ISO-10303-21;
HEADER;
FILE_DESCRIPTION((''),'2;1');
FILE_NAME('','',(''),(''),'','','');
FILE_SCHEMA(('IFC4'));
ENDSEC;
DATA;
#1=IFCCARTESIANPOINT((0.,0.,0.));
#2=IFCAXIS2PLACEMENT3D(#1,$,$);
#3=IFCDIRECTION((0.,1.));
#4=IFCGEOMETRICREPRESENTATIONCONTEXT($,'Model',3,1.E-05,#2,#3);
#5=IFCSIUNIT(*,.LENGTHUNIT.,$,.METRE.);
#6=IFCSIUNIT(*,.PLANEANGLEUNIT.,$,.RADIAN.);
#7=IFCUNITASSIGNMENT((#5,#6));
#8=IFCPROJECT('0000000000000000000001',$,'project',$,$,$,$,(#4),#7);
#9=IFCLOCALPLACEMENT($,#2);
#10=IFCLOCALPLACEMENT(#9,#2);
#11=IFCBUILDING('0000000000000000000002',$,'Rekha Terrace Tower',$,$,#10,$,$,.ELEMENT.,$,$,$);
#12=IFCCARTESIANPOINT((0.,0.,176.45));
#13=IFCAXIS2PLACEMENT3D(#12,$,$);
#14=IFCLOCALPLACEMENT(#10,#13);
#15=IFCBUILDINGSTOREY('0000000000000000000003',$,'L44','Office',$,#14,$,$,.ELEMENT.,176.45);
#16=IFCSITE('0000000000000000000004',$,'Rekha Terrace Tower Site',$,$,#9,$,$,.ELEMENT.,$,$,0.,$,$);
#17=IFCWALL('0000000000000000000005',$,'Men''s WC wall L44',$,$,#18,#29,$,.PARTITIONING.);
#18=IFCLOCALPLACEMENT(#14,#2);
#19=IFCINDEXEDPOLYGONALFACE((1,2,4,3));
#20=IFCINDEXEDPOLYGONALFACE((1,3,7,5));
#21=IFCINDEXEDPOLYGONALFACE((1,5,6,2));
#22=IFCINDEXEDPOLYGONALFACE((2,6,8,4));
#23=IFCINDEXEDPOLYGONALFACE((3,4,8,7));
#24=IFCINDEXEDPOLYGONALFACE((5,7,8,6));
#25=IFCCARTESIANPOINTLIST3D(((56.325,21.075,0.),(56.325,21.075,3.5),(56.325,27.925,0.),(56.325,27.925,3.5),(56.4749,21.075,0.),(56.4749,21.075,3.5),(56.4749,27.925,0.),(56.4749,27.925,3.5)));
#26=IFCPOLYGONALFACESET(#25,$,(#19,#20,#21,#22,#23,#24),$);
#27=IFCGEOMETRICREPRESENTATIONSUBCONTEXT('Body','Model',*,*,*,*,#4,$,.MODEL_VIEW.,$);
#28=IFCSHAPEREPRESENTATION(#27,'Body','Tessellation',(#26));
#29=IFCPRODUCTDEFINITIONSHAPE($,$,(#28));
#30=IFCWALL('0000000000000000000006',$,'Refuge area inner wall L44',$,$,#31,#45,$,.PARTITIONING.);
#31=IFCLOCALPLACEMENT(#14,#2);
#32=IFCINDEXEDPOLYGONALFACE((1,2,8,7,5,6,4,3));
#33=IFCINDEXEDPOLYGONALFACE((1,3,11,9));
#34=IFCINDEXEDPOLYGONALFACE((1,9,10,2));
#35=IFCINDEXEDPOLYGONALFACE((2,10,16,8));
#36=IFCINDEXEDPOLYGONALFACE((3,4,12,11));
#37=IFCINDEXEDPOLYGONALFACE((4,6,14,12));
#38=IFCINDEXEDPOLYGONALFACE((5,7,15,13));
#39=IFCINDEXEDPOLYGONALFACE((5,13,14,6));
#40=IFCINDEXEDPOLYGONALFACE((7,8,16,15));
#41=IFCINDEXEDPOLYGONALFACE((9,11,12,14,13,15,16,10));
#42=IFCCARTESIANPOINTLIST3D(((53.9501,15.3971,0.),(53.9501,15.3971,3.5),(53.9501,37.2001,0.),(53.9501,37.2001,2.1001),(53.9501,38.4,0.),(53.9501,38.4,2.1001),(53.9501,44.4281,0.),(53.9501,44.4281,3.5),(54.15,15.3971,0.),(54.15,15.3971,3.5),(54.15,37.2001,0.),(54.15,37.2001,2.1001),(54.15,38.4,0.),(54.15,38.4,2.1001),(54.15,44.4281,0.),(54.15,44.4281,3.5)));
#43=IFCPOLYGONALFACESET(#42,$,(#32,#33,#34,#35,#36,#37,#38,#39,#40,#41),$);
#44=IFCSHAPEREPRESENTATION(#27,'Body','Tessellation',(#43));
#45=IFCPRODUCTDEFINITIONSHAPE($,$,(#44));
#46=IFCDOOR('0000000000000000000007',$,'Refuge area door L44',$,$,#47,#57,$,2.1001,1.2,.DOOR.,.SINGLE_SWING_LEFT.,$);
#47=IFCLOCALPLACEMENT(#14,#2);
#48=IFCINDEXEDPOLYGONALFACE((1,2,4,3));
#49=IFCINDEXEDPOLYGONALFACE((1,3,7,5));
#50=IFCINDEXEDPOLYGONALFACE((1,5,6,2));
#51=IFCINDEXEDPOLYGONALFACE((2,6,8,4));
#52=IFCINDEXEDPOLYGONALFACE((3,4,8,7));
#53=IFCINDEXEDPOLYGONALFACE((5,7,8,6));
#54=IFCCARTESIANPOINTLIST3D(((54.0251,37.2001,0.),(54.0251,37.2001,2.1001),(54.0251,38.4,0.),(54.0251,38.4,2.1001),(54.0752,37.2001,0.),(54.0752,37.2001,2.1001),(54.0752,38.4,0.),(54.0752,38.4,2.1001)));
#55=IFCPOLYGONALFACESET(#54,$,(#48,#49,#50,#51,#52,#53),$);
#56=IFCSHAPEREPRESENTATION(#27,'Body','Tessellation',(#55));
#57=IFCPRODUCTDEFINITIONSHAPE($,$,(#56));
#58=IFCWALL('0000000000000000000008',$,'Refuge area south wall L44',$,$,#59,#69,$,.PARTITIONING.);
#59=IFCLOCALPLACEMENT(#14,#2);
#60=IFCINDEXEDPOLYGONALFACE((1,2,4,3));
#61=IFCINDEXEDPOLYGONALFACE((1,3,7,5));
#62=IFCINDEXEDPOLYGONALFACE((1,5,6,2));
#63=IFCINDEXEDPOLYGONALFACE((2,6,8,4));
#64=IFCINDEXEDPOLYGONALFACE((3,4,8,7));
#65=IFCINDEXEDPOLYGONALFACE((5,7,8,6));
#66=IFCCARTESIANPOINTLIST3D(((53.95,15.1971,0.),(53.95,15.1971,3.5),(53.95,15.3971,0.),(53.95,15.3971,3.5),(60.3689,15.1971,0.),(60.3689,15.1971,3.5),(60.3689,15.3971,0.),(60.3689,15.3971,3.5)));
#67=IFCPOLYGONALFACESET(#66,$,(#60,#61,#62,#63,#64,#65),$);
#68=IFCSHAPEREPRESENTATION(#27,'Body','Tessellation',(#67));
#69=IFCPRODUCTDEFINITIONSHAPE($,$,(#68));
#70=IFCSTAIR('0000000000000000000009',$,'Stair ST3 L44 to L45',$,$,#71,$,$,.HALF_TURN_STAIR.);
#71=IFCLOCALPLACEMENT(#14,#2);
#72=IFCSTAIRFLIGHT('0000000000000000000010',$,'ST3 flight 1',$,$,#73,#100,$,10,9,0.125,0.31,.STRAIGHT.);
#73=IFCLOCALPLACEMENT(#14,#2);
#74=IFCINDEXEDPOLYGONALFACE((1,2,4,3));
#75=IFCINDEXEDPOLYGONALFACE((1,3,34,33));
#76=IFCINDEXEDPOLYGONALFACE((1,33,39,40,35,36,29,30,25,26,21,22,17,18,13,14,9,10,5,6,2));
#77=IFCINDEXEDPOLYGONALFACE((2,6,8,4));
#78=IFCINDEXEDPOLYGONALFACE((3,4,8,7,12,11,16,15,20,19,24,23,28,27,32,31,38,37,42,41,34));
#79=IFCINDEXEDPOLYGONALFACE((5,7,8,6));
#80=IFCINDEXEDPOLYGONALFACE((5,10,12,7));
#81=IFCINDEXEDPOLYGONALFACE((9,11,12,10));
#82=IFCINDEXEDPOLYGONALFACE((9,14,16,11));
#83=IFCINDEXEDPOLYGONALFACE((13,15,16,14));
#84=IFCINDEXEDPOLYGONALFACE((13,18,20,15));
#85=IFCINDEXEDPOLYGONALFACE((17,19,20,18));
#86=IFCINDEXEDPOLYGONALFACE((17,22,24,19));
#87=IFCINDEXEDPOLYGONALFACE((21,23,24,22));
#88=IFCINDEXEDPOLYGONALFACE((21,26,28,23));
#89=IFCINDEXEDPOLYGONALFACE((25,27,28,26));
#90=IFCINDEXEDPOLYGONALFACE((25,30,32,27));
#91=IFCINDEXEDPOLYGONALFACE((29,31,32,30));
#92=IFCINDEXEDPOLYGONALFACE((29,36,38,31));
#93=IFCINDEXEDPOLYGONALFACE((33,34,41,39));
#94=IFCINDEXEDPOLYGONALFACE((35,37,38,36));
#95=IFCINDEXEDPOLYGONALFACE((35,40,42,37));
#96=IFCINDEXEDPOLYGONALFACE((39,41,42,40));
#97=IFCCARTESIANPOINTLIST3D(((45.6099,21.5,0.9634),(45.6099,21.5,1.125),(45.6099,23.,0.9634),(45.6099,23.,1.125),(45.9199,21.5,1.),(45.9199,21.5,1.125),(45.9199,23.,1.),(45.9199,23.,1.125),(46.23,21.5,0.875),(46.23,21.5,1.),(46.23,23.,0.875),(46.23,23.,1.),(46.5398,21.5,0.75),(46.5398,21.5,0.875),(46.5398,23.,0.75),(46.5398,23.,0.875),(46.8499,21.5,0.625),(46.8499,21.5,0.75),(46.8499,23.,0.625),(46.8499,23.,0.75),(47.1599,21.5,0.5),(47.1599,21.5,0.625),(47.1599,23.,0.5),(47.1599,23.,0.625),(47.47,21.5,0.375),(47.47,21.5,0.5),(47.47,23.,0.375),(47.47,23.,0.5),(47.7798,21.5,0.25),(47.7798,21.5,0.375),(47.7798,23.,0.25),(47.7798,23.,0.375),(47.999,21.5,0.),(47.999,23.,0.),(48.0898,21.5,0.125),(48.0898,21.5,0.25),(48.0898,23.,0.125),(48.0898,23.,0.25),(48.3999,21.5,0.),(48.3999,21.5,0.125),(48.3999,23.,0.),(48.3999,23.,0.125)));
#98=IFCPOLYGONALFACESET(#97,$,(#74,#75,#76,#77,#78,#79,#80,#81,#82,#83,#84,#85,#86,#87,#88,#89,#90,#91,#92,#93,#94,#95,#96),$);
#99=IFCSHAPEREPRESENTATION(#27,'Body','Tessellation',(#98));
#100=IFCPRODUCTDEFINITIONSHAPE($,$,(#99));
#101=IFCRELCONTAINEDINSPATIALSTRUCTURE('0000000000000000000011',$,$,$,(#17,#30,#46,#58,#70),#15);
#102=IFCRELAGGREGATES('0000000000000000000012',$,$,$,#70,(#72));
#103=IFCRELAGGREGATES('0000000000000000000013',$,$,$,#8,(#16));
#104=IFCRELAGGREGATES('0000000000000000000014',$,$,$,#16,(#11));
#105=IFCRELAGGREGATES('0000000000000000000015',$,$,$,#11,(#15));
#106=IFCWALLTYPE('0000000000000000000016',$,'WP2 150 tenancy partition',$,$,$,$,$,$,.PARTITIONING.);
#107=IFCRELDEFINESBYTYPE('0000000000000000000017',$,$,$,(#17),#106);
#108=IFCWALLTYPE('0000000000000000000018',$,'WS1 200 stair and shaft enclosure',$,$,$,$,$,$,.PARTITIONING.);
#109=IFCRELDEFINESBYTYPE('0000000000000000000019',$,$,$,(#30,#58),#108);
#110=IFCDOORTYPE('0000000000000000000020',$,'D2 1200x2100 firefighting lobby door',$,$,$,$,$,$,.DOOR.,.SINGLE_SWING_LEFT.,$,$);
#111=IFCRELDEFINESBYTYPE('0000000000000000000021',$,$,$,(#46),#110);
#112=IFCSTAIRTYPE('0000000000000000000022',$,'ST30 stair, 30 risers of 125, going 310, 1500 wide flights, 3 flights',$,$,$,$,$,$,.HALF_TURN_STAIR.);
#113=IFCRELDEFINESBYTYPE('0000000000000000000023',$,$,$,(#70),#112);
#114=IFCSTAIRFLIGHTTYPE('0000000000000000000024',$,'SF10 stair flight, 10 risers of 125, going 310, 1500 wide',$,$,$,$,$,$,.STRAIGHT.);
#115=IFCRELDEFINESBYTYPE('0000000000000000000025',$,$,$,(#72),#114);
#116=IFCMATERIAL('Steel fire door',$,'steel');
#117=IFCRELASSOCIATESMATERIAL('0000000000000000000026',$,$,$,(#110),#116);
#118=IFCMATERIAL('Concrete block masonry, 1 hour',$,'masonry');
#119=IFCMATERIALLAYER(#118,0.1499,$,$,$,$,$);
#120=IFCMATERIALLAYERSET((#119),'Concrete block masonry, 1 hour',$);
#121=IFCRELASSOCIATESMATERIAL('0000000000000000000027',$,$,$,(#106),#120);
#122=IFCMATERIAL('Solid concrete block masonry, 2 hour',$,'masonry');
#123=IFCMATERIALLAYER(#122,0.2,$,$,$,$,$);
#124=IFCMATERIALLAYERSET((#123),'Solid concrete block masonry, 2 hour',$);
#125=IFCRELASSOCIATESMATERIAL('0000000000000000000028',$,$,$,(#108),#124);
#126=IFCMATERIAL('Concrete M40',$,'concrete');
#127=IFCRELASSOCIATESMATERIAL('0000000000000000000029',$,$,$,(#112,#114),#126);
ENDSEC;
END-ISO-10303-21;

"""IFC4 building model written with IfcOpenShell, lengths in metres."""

from ifc_helpers import new_model, si_unit, direction, frame, frame_2d, origin, place, context, subcontext, project, spatial, polyline, rectangle, outline, extrude, material, layer, layer_set, type_object, element, fill, aggregate, save


model = new_model("IFC4")

# Units and contexts
model_context = context("Model", 3, precision=1e-05, world=origin(), true_north=direction((0.0, 1.0)))
body_context = subcontext(model_context, "Body", "Model", "MODEL_VIEW")
ifc_project = project(units=[si_unit("LENGTHUNIT", "METRE"), si_unit("PLANEANGLEUNIT", "RADIAN")], contexts=[model_context])

# Site, building, storey
site_placement = place(None, origin())
site = spatial("IfcSite", under=ifc_project, at=site_placement, Name="Rekha Terrace Tower Site", CompositionType="ELEMENT", RefElevation=0.0)
building_placement = place(site_placement, origin())
building = spatial("IfcBuilding", under=site, at=building_placement, Name="Rekha Terrace Tower", CompositionType="ELEMENT")
storey_placement = place(building_placement, frame((0.0, 0.0, 176.45)))
storey = spatial("IfcBuildingStorey", under=building, at=storey_placement, Name="L44", Description="Office", CompositionType="ELEMENT", Elevation=176.45)

# Shared definitions
ifc_material_1 = material(Name="Steel fire door", Category="steel")
door_type_1 = type_object("IfcDoorType", Name="D2 1200x2100 firefighting lobby door", OperationType="SINGLE_SWING_LEFT", PredefinedType="DOOR", material=ifc_material_1)

# Shared definitions
ifc_material_2 = material(Name="Concrete block masonry, 1 hour", Category="masonry")
ifc_layer_1 = layer(ifc_material_2, 0.1499)
ifc_layer_set_1 = layer_set([ifc_layer_1], Name="Concrete block masonry, 1 hour")
wall_type_1 = type_object("IfcWallType", Name="WP2 150 tenancy partition", PredefinedType="PARTITIONING", material=ifc_layer_set_1)

# Wall
wall_1_placement = place(storey_placement, frame((56.3999, 21.075, 0.0), z_axis=(0.0, 0.0, 1.0), x_axis=(0.0, 1.0, 0.0)))
element("IfcWall", 1, at=wall_1_placement, inside=storey, type_object=wall_type_1, Name="Men's WC wall L44", PredefinedType="PARTITIONING", context=body_context, shape_type="SweptSolid", body=[
    extrude(rectangle(XDim=6.8501, YDim=0.1499, at=frame_2d((3.425, 0.0))), origin(), (0.0, 0.0, 1.0), 3.5),
])

# Wall, opening, door
ifc_material_3 = material(Name="Solid concrete block masonry, 2 hour", Category="masonry")
ifc_layer_2 = layer(ifc_material_3, 0.2)
ifc_layer_set_2 = layer_set([ifc_layer_2], Name="Solid concrete block masonry, 2 hour")
wall_type_2 = type_object("IfcWallType", Name="WS1 200 stair and shaft enclosure", PredefinedType="PARTITIONING", material=ifc_layer_set_2)
wall_2_placement = place(storey_placement, frame((54.05, 15.397, 0.0), z_axis=(0.0, 0.0, 1.0), x_axis=(0.0, 1.0, 0.0)))
wall_2 = element("IfcWall", 2, at=wall_2_placement, inside=storey, type_object=wall_type_2, Name="Refuge area inner wall L44", PredefinedType="PARTITIONING", context=body_context, shape_type="SweptSolid", body=[
    extrude(rectangle(XDim=29.031, YDim=0.2, at=frame_2d((14.5156, 0.0))), origin(), (0.0, 0.0, 1.0), 3.5),
])
opening_1_placement = place(wall_2_placement, frame((21.803, 0.0, 0.0)))
opening_1 = element("IfcOpeningElement", 3, at=opening_1_placement, cuts=wall_2, PredefinedType="OPENING", context=body_context, shape_type="SweptSolid", body=[
    extrude(rectangle(XDim=1.2, YDim=2.1001, at=frame_2d((0.6001, 1.05))), frame((0.0, 0.1099, 0.0), z_axis=(0.0, -1.0, 0.0), x_axis=(1.0, 0.0, 0.0)), (0.0, 0.0, 1.0), 0.22),
])
door_1_placement = place(opening_1_placement, origin())
door_1 = element("IfcDoor", 4, at=door_1_placement, inside=storey, type_object=door_type_1, Name="Refuge area door L44", OperationType="SINGLE_SWING_LEFT", OverallHeight=2.1001, OverallWidth=1.2, PredefinedType="DOOR", context=body_context, shape_type="SweptSolid", body=[
    extrude(rectangle(XDim=1.2, YDim=2.1001, at=frame_2d((0.6001, 1.05))), frame((0.0, 0.0249, 0.0), z_axis=(0.0, -1.0, 0.0), x_axis=(1.0, 0.0, 0.0)), (0.0, 0.0, 1.0), 0.05),
])
fill(opening_1, door_1)

# Wall
wall_3_placement = place(storey_placement, frame((53.95, 15.2971, 0.0), z_axis=(0.0, 0.0, 1.0), x_axis=(1.0, 0.0, 0.0)))
element("IfcWall", 5, at=wall_3_placement, inside=storey, type_object=wall_type_2, Name="Refuge area south wall L44", PredefinedType="PARTITIONING", context=body_context, shape_type="SweptSolid", body=[
    extrude(rectangle(XDim=6.4189, YDim=0.2, at=frame_2d((3.2095, 0.0))), origin(), (0.0, 0.0, 1.0), 3.5),
])

# Stair, stair flight
ifc_material_4 = material(Name="Concrete M40", Category="concrete")
stair_type = type_object("IfcStairType", Name="ST30 stair, 30 risers of 125, going 310, 1500 wide flights, 3 flights", PredefinedType="HALF_TURN_STAIR", material=ifc_material_4)
stair_placement = place(storey_placement, origin())
stair = element("IfcStair", 6, at=stair_placement, inside=storey, type_object=stair_type, Name="Stair ST3 L44 to L45", PredefinedType="HALF_TURN_STAIR")
stair_flight_type = type_object("IfcStairFlightType", Name="SF10 stair flight, 10 risers of 125, going 310, 1500 wide", PredefinedType="STRAIGHT", material=ifc_material_4)
stair_flight_placement = place(storey_placement, frame((48.3999, 22.25, 0.0), z_axis=(0.0, 0.0, 1.0), x_axis=(-1.0, 0.0, 0.0)))
stair_flight = element("IfcStairFlight", 7, at=stair_flight_placement, type_object=stair_flight_type, Name="ST3 flight 1", NumberOfRisers=10, NumberOfTreads=9, PredefinedType="STRAIGHT", RiserHeight=0.125, TreadLength=0.31, context=body_context, shape_type="SweptSolid", body=[
    extrude(outline(polyline([(0.0, 0.0), (0.0, 0.125), (0.3101, 0.125), (0.3101, 0.25), (0.6201, 0.25), (0.6201, 0.375), (0.9299, 0.375), (0.9299, 0.5), (1.24, 0.5), (1.24, 0.625), (1.55, 0.625), (1.55, 0.75), (1.8601, 0.75), (1.8601, 0.875), (2.1699, 0.875), (2.1699, 1.0), (2.48, 1.0), (2.48, 1.125), (2.79, 1.125), (2.79, 1.25), (2.79, 0.9634), (0.4009, 0.0), (0.0, 0.0)])), frame((0.0, 0.75, 0.0), z_axis=(0.0, -1.0, 0.0), x_axis=(1.0, 0.0, 0.0)), (0.0, 0.0, 1.0), 1.5),
])
aggregate(stair, [stair_flight])

save(model, "model.ifc")
